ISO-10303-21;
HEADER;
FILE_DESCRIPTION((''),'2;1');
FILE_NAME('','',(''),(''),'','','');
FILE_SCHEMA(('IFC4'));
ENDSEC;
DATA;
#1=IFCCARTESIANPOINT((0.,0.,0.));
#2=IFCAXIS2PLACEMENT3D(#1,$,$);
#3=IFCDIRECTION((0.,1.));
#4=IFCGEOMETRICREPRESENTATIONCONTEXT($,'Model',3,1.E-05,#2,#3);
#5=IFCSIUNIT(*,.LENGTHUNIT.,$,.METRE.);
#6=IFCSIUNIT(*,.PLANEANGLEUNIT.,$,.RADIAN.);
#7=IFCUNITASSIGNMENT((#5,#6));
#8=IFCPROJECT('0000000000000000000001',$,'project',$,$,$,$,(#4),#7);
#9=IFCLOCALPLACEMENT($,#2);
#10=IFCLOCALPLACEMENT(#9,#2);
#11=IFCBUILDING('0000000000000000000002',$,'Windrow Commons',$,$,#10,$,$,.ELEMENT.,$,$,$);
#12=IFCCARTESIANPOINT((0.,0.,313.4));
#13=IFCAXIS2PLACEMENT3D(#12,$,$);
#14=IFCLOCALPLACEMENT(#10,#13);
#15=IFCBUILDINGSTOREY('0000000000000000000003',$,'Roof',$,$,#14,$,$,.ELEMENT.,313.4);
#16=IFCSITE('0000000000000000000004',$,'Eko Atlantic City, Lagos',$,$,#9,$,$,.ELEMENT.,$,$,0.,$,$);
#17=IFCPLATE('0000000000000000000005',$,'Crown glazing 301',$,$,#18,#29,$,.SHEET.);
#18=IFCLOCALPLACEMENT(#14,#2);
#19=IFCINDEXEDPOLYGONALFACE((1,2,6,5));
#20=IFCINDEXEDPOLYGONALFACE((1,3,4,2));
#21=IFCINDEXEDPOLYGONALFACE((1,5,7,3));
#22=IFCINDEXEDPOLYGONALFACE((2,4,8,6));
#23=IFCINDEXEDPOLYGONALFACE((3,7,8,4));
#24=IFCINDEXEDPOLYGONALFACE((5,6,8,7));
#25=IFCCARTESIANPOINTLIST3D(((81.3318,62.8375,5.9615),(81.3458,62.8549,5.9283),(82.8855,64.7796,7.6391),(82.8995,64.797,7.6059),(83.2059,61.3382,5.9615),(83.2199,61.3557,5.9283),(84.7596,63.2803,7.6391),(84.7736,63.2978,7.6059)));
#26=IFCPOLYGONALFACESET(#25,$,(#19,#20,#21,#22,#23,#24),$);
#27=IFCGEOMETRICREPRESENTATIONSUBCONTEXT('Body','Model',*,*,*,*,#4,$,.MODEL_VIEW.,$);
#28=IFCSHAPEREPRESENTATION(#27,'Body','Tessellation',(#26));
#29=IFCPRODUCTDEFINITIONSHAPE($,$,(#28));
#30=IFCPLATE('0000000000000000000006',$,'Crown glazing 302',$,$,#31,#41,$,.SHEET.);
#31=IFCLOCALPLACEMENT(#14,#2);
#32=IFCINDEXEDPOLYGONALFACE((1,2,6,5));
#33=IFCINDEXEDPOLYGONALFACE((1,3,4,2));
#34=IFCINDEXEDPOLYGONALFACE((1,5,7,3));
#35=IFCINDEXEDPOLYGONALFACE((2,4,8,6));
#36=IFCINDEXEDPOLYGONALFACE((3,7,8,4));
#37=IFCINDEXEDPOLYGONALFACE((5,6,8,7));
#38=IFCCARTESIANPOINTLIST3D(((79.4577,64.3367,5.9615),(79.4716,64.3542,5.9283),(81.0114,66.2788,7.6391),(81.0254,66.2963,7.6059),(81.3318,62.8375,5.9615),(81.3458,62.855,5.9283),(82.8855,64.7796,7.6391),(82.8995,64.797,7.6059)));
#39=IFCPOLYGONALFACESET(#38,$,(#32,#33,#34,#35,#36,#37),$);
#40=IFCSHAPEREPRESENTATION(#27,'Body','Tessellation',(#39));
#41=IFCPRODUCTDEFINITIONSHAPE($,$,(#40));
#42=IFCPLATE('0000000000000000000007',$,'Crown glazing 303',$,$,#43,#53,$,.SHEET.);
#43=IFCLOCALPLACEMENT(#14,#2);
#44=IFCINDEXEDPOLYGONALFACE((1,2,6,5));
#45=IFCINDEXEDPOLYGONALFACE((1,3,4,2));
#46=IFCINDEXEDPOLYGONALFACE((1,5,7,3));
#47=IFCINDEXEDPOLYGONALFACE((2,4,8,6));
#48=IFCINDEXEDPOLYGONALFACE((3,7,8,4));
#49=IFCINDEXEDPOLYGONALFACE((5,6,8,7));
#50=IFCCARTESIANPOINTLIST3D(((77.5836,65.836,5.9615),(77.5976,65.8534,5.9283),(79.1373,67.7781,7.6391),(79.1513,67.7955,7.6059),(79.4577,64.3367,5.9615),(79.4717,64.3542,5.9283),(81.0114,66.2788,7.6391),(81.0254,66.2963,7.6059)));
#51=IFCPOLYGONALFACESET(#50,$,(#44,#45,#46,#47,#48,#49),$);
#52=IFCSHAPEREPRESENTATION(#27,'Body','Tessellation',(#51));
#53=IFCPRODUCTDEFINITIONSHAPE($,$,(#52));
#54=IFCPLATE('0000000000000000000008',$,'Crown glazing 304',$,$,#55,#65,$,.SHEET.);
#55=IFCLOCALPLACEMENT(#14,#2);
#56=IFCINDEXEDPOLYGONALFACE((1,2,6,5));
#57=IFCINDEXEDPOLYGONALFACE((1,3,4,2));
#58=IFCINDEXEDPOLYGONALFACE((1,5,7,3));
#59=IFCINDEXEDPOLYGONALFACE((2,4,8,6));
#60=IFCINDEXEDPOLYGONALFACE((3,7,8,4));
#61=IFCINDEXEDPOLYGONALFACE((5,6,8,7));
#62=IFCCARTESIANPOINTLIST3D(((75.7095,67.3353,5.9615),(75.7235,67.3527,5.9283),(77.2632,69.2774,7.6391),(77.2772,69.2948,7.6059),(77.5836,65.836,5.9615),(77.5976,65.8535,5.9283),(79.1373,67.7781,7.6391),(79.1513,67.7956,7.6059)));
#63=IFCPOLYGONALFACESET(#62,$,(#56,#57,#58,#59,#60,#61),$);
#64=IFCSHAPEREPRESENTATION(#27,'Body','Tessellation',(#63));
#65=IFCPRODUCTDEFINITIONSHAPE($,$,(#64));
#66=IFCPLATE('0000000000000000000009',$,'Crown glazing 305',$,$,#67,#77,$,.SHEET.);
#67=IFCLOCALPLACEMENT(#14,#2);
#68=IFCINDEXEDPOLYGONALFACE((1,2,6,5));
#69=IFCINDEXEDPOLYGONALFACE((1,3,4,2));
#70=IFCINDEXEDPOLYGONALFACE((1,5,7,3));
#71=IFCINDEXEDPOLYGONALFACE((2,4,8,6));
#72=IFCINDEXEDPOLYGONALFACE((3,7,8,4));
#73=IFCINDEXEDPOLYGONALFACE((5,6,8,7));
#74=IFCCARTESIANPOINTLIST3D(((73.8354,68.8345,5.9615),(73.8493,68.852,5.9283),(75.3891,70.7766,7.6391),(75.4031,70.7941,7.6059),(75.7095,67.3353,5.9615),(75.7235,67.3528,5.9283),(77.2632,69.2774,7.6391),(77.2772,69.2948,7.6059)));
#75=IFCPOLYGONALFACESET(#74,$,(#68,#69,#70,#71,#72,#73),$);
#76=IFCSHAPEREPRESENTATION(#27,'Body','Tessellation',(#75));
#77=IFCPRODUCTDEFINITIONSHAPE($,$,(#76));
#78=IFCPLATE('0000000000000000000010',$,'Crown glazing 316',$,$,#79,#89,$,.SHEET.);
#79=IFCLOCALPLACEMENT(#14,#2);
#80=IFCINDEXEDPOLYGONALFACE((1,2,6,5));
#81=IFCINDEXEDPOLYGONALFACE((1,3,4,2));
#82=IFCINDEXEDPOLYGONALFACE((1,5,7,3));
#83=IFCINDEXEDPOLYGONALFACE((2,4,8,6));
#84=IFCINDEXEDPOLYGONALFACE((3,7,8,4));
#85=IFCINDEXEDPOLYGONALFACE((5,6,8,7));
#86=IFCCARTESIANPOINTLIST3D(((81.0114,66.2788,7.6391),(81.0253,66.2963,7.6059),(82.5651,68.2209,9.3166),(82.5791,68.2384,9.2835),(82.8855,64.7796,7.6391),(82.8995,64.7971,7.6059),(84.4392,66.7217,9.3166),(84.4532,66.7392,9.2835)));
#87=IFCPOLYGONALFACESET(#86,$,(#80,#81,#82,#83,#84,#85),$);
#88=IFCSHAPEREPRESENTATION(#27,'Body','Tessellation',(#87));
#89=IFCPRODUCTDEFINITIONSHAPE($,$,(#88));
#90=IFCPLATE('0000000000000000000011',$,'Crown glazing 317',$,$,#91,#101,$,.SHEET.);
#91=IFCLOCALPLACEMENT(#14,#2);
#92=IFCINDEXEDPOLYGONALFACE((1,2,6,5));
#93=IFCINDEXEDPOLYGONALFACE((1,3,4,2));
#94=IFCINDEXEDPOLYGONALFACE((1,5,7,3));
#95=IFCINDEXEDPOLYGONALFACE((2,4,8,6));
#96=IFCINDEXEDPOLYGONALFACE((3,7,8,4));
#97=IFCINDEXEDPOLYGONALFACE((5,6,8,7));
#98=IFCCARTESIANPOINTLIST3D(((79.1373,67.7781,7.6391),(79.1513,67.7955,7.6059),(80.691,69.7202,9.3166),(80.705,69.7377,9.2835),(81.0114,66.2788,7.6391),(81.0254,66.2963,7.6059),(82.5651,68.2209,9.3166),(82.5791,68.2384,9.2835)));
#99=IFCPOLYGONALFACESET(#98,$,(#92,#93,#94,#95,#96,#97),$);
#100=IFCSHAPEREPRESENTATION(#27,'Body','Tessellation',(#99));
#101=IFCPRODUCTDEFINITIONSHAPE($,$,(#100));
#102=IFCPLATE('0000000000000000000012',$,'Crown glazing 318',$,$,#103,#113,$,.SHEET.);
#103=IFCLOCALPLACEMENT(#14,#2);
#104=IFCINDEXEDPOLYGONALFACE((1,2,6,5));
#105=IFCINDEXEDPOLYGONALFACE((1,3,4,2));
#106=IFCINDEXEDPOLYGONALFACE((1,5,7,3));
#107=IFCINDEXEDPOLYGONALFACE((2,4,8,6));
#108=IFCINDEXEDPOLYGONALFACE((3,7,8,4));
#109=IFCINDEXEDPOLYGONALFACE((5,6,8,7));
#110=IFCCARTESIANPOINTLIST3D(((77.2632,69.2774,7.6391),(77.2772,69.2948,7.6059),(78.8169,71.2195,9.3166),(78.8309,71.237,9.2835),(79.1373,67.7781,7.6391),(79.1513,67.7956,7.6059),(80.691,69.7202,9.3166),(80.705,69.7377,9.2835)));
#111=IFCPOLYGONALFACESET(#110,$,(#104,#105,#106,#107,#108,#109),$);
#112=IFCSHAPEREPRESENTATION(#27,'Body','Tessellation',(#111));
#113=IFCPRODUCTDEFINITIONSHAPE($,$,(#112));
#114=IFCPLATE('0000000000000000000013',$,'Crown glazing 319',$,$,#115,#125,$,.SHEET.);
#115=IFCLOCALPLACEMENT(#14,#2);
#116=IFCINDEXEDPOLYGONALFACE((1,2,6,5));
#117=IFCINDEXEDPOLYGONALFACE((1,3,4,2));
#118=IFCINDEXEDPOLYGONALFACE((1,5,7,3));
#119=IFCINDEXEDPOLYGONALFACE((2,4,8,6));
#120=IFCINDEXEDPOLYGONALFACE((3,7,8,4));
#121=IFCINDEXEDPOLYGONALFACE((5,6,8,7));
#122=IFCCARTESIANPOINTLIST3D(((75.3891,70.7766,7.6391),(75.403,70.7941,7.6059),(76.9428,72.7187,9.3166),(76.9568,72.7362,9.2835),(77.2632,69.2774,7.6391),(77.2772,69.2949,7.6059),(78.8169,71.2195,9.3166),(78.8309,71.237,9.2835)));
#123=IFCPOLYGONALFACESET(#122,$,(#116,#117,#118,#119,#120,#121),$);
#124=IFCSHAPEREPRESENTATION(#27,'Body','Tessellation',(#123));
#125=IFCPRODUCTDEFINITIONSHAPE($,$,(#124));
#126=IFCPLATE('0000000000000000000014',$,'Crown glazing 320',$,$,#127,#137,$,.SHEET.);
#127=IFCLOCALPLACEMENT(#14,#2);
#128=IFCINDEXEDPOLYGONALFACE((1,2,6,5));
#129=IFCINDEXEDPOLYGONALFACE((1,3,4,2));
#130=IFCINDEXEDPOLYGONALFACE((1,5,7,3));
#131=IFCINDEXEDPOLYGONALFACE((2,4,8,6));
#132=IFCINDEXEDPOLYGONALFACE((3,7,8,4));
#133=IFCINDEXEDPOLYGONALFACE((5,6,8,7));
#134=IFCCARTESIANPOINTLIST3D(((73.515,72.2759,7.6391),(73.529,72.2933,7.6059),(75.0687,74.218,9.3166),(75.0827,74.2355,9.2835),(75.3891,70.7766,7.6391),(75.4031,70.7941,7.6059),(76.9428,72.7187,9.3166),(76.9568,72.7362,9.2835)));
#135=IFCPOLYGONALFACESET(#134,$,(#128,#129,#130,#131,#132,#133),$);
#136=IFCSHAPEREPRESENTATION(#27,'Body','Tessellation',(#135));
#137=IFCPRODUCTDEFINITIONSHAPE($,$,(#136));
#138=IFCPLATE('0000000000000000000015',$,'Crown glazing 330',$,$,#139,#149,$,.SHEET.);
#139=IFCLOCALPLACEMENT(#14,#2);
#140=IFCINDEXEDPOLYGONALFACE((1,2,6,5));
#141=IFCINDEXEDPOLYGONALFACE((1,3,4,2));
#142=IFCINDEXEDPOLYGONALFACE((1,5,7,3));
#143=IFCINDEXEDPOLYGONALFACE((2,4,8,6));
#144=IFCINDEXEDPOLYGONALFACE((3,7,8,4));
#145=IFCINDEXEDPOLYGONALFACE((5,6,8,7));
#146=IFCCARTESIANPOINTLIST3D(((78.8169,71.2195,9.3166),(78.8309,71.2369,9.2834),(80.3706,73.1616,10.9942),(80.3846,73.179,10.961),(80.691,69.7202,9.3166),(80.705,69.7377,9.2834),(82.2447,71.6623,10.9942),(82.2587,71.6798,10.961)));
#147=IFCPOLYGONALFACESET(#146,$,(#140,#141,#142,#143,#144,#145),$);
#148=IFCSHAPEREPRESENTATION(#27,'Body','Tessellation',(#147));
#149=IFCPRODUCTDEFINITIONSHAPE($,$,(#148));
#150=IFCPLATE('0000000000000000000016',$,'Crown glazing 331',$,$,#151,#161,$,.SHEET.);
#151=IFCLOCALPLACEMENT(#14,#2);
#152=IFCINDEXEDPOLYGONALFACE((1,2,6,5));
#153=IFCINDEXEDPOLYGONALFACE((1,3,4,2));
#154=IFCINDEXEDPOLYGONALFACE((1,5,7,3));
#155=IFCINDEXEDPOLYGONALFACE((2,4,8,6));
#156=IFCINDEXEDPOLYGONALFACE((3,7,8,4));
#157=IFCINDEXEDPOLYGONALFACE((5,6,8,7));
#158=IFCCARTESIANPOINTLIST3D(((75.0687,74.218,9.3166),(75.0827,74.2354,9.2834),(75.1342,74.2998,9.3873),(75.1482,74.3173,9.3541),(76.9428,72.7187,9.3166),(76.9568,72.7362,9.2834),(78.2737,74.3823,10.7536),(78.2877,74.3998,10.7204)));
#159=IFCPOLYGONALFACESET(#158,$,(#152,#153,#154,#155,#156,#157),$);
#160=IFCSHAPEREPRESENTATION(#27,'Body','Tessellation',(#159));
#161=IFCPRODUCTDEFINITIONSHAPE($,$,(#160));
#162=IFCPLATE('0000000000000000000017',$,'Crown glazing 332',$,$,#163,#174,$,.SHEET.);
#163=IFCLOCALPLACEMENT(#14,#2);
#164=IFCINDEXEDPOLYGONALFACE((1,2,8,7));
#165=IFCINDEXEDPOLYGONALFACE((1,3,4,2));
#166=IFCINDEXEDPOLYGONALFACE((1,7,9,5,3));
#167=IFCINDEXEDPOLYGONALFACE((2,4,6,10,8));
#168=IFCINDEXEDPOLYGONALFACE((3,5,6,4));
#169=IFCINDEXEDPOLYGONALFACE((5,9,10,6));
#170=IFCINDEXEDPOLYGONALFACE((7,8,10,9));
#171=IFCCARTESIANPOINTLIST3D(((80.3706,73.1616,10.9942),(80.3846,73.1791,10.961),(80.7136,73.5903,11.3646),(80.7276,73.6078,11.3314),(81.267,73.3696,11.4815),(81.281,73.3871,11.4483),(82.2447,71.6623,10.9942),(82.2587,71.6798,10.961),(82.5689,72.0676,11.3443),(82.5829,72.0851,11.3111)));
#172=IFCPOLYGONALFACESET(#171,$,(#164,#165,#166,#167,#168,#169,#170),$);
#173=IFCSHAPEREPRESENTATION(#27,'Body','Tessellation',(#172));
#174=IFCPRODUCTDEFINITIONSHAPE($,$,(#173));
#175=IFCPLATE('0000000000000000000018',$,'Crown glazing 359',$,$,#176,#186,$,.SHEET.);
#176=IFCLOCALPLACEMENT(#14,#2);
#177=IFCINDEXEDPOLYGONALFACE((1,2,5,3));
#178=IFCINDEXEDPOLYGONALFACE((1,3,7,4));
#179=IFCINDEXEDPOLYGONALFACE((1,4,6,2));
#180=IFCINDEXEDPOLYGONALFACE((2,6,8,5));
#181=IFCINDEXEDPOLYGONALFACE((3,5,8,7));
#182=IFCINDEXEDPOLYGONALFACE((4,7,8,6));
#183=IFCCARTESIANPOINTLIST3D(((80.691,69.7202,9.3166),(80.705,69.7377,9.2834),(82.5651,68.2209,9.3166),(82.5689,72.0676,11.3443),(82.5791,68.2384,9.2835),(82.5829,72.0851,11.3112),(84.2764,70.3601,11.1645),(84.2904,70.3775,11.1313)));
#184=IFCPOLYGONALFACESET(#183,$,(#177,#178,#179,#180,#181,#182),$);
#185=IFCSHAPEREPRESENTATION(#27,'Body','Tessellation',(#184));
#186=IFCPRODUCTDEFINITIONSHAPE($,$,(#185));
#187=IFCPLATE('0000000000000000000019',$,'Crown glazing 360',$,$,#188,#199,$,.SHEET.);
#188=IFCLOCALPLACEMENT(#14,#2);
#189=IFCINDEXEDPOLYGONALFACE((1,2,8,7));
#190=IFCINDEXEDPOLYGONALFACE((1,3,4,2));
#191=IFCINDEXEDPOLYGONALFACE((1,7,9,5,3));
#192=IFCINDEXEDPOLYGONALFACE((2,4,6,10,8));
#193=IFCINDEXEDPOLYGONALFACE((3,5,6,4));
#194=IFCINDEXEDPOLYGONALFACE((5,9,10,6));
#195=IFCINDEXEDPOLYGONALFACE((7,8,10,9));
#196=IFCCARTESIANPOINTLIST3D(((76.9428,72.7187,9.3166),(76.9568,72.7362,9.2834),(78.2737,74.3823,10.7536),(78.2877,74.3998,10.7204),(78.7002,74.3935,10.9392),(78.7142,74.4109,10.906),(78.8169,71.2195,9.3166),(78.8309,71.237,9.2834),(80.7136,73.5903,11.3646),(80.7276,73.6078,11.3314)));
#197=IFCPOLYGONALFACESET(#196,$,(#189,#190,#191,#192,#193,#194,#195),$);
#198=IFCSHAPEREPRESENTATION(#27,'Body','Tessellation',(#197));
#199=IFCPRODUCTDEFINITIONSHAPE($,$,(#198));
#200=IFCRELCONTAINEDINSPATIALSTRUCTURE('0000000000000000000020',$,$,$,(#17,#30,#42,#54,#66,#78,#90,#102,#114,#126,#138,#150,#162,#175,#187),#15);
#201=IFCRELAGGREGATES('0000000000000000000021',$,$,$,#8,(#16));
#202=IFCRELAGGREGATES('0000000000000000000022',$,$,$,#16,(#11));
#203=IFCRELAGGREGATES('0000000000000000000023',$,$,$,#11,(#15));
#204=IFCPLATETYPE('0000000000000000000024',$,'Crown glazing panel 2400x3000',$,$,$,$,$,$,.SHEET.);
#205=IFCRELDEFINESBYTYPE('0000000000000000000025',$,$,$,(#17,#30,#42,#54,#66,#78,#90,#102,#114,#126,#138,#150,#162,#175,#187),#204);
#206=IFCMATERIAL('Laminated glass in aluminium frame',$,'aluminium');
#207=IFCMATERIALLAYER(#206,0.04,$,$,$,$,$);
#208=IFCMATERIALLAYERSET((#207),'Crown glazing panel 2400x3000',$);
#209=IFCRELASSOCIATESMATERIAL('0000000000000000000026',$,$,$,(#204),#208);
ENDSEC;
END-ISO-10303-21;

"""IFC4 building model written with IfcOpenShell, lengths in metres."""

from ifc_helpers import new_model, si_unit, direction, frame, origin, place, context, subcontext, project, spatial, polyline, outline, extrude, material, layer, layer_set, type_object, element, save


model = new_model("IFC4")

# Units and contexts
model_context = context("Model", 3, precision=1e-05, world=origin(), true_north=direction((0.0, 1.0)))
body_context = subcontext(model_context, "Body", "Model", "MODEL_VIEW")
ifc_project = project(units=[si_unit("LENGTHUNIT", "METRE"), si_unit("PLANEANGLEUNIT", "RADIAN")], contexts=[model_context])

# Site, building, storey
site_placement = place(None, origin())
site = spatial("IfcSite", under=ifc_project, at=site_placement, Name="Eko Atlantic City, Lagos", CompositionType="ELEMENT", RefElevation=0.0)
building_placement = place(site_placement, origin())
building = spatial("IfcBuilding", under=site, at=building_placement, Name="Windrow Commons", CompositionType="ELEMENT")
storey_placement = place(building_placement, frame((0.0, 0.0, 313.4)))
storey = spatial("IfcBuildingStorey", under=building, at=storey_placement, Name="Roof", CompositionType="ELEMENT", Elevation=313.4)

# Plates
ifc_material_1 = material(Name="Laminated glass in aluminium frame", Category="aluminium")
ifc_layer = layer(ifc_material_1, 0.04)
ifc_layer_set = layer_set([ifc_layer], Name="Crown glazing panel 2400x3000")
plate_type = type_object("IfcPlateType", Name="Crown glazing panel 2400x3000", PredefinedType="SHEET", material=ifc_layer_set)
plate_1_placement = place(storey_placement, frame((83.2059, 61.3382, 5.9615), z_axis=(-0.349331, -0.436658, 0.829034), x_axis=(-0.780865, 0.6247, 0.0)))
element("IfcPlate", 1, at=plate_1_placement, inside=storey, type_object=plate_type, Name="Crown glazing 301", PredefinedType="SHEET", context=body_context, shape_type="SweptSolid", body=[
    extrude(outline(polyline([(0.0, 0.0), (2.4, 0.0), (2.4, -3.0), (0.0, -3.0), (0.0, 0.0)])), origin(), (0.0, 0.0, -1.0), 0.04),
])
plate_2_placement = place(storey_placement, frame((81.3318, 62.8375, 5.9615), z_axis=(-0.349317, -0.436669, 0.829034), x_axis=(-0.780885, 0.624675, 0.0)))
element("IfcPlate", 2, at=plate_2_placement, inside=storey, type_object=plate_type, Name="Crown glazing 302", PredefinedType="SHEET", context=body_context, shape_type="SweptSolid", body=[
    extrude(outline(polyline([(0.0, 0.0), (2.4, 0.0), (2.3999, -3.0), (-0.0001, -3.0), (0.0, 0.0)])), origin(), (0.0, 0.0, -1.0), 0.04),
])
for number, where, z_axis, x_axis, name in (
    (3, (79.4577, 64.3367, 5.9615), (-0.349331, -0.436658, 0.829034), (-0.780865, 0.6247, 0.0), "Crown glazing 303"),
    (4, (77.5836, 65.836, 5.9615), (-0.349331, -0.436658, 0.829034), (-0.780865, 0.6247, 0.0), "Crown glazing 304"),
):
    element("IfcPlate", number, at=place(storey_placement, frame(where, z_axis=z_axis, x_axis=x_axis)), inside=storey, type_object=plate_type, Name=name, PredefinedType="SHEET", context=body_context, shape_type="SweptSolid", body=[
        extrude(outline(polyline([(0.0, 0.0), (2.4, 0.0), (2.4, -3.0), (0.0, -3.0), (0.0, 0.0)])), origin(), (0.0, 0.0, -1.0), 0.04),
    ])
for number, where, z_axis, x_axis, name in (
    (5, (75.7095, 67.3353, 5.9615), (-0.349317, -0.436669, 0.829034), (-0.780885, 0.624675, 0.0), "Crown glazing 305"),
    (6, (82.8855, 64.7796, 7.6391), (-0.349302, -0.436651, 0.82905), (-0.780885, 0.624675, 0.0), "Crown glazing 316"),
):
    element("IfcPlate", number, at=place(storey_placement, frame(where, z_axis=z_axis, x_axis=x_axis)), inside=storey, type_object=plate_type, Name=name, PredefinedType="SHEET", context=body_context, shape_type="SweptSolid", body=[
        extrude(outline(polyline([(0.0, 0.0), (2.4, 0.0), (2.3999, -3.0), (-0.0001, -3.0), (0.0, 0.0)])), origin(), (0.0, 0.0, -1.0), 0.04),
    ])
for number, where, z_axis, x_axis, name in (
    (7, (81.0114, 66.2788, 7.6391), (-0.349316, -0.43664, 0.82905), (-0.780865, 0.6247, 0.0), "Crown glazing 317"),
    (8, (79.1373, 67.7781, 7.6391), (-0.349316, -0.43664, 0.82905), (-0.780865, 0.6247, 0.0), "Crown glazing 318"),
):
    element("IfcPlate", number, at=place(storey_placement, frame(where, z_axis=z_axis, x_axis=x_axis)), inside=storey, type_object=plate_type, Name=name, PredefinedType="SHEET", context=body_context, shape_type="SweptSolid", body=[
        extrude(outline(polyline([(0.0, 0.0), (2.4, 0.0), (2.4, -3.0), (0.0, -3.0), (0.0, 0.0)])), origin(), (0.0, 0.0, -1.0), 0.04),
    ])
plate_3_placement = place(storey_placement, frame((77.2632, 69.2774, 7.6391), z_axis=(-0.349302, -0.436651, 0.82905), x_axis=(-0.780885, 0.624675, 0.0)))
element("IfcPlate", 9, at=plate_3_placement, inside=storey, type_object=plate_type, Name="Crown glazing 319", PredefinedType="SHEET", context=body_context, shape_type="SweptSolid", body=[
    extrude(outline(polyline([(0.0, 0.0), (2.4, 0.0), (2.3999, -3.0), (-0.0001, -3.0), (0.0, 0.0)])), origin(), (0.0, 0.0, -1.0), 0.04),
])
for number, where, z_axis, x_axis, name in (
    (10, (75.3891, 70.7766, 7.6391), (-0.349316, -0.43664, 0.82905), (-0.780865, 0.6247, 0.0), "Crown glazing 320"),
    (11, (80.691, 69.7202, 9.3166), (-0.349331, -0.436658, 0.829034), (-0.780865, 0.6247, 0.0), "Crown glazing 330"),
):
    element("IfcPlate", number, at=place(storey_placement, frame(where, z_axis=z_axis, x_axis=x_axis)), inside=storey, type_object=plate_type, Name=name, PredefinedType="SHEET", context=body_context, shape_type="SweptSolid", body=[
        extrude(outline(polyline([(0.0, 0.0), (2.4, 0.0), (2.4, -3.0), (0.0, -3.0), (0.0, 0.0)])), origin(), (0.0, 0.0, -1.0), 0.04),
    ])
plate_4_placement = place(storey_placement, frame((78.2737, 74.3823, 10.7536), z_axis=(-0.349324, -0.436658, 0.829037), x_axis=(-0.5179, -0.647365, -0.559194)))
element("IfcPlate", 12, at=plate_4_placement, inside=storey, type_object=plate_type, Name="Crown glazing 331", PredefinedType="SHEET", context=body_context, shape_type="SweptSolid", body=[
    extrude(outline(polyline([(0.0, 0.0), (2.5698, 0.0), (2.5698, -2.4), (2.4434, -2.4), (0.0, 0.0)])), origin(), (0.0, 0.0, -1.0), 0.04),
])
plate_5_placement = place(storey_placement, frame((81.267, 73.3696, 11.4815), z_axis=(-0.349339, -0.436685, 0.829016), x_axis=(0.705128, -0.705175, -0.074317)))
element("IfcPlate", 13, at=plate_5_placement, inside=storey, type_object=plate_type, Name="Crown glazing 332", PredefinedType="SHEET", context=body_context, shape_type="SweptSolid", body=[
    extrude(outline(polyline([(0.0, 0.0), (1.8463, 0.0), (1.9296, -0.6205), (-0.4492, -0.9394), (-0.5372, -0.283), (0.0, 0.0)])), origin(), (0.0, 0.0, -1.0), 0.04),
])
plate_6_placement = place(storey_placement, frame((80.691, 69.7202, 9.3166), z_axis=(-0.349346, -0.436658, 0.829028), x_axis=(0.517886, 0.647365, 0.559207)))
element("IfcPlate", 14, at=plate_6_placement, inside=storey, type_object=plate_type, Name="Crown glazing 359", PredefinedType="SHEET", context=body_context, shape_type="SweptSolid", body=[
    extrude(outline(polyline([(0.0, 0.0), (3.6261, 0.0), (3.3044, -2.4), (0.0, -2.4), (0.0, 0.0)])), origin(), (0.0, 0.0, -1.0), 0.04),
])
plate_7_placement = place(storey_placement, frame((78.8169, 71.2195, 9.3166), z_axis=(-0.349332, -0.436659, 0.829033), x_axis=(-0.780879, 0.624683, -0.000015)))
element("IfcPlate", 15, at=plate_7_placement, inside=storey, type_object=plate_type, Name="Crown glazing 360", PredefinedType="SHEET", context=body_context, shape_type="SweptSolid", body=[
    extrude(outline(polyline([(0.0, 0.0), (2.4, 0.0), (2.3999, -2.5698), (2.0738, -2.9017), (-0.0001, -3.6623), (0.0, 0.0)])), origin(), (0.0, 0.0, -1.0), 0.04),
])

save(model, "model.ifc")
